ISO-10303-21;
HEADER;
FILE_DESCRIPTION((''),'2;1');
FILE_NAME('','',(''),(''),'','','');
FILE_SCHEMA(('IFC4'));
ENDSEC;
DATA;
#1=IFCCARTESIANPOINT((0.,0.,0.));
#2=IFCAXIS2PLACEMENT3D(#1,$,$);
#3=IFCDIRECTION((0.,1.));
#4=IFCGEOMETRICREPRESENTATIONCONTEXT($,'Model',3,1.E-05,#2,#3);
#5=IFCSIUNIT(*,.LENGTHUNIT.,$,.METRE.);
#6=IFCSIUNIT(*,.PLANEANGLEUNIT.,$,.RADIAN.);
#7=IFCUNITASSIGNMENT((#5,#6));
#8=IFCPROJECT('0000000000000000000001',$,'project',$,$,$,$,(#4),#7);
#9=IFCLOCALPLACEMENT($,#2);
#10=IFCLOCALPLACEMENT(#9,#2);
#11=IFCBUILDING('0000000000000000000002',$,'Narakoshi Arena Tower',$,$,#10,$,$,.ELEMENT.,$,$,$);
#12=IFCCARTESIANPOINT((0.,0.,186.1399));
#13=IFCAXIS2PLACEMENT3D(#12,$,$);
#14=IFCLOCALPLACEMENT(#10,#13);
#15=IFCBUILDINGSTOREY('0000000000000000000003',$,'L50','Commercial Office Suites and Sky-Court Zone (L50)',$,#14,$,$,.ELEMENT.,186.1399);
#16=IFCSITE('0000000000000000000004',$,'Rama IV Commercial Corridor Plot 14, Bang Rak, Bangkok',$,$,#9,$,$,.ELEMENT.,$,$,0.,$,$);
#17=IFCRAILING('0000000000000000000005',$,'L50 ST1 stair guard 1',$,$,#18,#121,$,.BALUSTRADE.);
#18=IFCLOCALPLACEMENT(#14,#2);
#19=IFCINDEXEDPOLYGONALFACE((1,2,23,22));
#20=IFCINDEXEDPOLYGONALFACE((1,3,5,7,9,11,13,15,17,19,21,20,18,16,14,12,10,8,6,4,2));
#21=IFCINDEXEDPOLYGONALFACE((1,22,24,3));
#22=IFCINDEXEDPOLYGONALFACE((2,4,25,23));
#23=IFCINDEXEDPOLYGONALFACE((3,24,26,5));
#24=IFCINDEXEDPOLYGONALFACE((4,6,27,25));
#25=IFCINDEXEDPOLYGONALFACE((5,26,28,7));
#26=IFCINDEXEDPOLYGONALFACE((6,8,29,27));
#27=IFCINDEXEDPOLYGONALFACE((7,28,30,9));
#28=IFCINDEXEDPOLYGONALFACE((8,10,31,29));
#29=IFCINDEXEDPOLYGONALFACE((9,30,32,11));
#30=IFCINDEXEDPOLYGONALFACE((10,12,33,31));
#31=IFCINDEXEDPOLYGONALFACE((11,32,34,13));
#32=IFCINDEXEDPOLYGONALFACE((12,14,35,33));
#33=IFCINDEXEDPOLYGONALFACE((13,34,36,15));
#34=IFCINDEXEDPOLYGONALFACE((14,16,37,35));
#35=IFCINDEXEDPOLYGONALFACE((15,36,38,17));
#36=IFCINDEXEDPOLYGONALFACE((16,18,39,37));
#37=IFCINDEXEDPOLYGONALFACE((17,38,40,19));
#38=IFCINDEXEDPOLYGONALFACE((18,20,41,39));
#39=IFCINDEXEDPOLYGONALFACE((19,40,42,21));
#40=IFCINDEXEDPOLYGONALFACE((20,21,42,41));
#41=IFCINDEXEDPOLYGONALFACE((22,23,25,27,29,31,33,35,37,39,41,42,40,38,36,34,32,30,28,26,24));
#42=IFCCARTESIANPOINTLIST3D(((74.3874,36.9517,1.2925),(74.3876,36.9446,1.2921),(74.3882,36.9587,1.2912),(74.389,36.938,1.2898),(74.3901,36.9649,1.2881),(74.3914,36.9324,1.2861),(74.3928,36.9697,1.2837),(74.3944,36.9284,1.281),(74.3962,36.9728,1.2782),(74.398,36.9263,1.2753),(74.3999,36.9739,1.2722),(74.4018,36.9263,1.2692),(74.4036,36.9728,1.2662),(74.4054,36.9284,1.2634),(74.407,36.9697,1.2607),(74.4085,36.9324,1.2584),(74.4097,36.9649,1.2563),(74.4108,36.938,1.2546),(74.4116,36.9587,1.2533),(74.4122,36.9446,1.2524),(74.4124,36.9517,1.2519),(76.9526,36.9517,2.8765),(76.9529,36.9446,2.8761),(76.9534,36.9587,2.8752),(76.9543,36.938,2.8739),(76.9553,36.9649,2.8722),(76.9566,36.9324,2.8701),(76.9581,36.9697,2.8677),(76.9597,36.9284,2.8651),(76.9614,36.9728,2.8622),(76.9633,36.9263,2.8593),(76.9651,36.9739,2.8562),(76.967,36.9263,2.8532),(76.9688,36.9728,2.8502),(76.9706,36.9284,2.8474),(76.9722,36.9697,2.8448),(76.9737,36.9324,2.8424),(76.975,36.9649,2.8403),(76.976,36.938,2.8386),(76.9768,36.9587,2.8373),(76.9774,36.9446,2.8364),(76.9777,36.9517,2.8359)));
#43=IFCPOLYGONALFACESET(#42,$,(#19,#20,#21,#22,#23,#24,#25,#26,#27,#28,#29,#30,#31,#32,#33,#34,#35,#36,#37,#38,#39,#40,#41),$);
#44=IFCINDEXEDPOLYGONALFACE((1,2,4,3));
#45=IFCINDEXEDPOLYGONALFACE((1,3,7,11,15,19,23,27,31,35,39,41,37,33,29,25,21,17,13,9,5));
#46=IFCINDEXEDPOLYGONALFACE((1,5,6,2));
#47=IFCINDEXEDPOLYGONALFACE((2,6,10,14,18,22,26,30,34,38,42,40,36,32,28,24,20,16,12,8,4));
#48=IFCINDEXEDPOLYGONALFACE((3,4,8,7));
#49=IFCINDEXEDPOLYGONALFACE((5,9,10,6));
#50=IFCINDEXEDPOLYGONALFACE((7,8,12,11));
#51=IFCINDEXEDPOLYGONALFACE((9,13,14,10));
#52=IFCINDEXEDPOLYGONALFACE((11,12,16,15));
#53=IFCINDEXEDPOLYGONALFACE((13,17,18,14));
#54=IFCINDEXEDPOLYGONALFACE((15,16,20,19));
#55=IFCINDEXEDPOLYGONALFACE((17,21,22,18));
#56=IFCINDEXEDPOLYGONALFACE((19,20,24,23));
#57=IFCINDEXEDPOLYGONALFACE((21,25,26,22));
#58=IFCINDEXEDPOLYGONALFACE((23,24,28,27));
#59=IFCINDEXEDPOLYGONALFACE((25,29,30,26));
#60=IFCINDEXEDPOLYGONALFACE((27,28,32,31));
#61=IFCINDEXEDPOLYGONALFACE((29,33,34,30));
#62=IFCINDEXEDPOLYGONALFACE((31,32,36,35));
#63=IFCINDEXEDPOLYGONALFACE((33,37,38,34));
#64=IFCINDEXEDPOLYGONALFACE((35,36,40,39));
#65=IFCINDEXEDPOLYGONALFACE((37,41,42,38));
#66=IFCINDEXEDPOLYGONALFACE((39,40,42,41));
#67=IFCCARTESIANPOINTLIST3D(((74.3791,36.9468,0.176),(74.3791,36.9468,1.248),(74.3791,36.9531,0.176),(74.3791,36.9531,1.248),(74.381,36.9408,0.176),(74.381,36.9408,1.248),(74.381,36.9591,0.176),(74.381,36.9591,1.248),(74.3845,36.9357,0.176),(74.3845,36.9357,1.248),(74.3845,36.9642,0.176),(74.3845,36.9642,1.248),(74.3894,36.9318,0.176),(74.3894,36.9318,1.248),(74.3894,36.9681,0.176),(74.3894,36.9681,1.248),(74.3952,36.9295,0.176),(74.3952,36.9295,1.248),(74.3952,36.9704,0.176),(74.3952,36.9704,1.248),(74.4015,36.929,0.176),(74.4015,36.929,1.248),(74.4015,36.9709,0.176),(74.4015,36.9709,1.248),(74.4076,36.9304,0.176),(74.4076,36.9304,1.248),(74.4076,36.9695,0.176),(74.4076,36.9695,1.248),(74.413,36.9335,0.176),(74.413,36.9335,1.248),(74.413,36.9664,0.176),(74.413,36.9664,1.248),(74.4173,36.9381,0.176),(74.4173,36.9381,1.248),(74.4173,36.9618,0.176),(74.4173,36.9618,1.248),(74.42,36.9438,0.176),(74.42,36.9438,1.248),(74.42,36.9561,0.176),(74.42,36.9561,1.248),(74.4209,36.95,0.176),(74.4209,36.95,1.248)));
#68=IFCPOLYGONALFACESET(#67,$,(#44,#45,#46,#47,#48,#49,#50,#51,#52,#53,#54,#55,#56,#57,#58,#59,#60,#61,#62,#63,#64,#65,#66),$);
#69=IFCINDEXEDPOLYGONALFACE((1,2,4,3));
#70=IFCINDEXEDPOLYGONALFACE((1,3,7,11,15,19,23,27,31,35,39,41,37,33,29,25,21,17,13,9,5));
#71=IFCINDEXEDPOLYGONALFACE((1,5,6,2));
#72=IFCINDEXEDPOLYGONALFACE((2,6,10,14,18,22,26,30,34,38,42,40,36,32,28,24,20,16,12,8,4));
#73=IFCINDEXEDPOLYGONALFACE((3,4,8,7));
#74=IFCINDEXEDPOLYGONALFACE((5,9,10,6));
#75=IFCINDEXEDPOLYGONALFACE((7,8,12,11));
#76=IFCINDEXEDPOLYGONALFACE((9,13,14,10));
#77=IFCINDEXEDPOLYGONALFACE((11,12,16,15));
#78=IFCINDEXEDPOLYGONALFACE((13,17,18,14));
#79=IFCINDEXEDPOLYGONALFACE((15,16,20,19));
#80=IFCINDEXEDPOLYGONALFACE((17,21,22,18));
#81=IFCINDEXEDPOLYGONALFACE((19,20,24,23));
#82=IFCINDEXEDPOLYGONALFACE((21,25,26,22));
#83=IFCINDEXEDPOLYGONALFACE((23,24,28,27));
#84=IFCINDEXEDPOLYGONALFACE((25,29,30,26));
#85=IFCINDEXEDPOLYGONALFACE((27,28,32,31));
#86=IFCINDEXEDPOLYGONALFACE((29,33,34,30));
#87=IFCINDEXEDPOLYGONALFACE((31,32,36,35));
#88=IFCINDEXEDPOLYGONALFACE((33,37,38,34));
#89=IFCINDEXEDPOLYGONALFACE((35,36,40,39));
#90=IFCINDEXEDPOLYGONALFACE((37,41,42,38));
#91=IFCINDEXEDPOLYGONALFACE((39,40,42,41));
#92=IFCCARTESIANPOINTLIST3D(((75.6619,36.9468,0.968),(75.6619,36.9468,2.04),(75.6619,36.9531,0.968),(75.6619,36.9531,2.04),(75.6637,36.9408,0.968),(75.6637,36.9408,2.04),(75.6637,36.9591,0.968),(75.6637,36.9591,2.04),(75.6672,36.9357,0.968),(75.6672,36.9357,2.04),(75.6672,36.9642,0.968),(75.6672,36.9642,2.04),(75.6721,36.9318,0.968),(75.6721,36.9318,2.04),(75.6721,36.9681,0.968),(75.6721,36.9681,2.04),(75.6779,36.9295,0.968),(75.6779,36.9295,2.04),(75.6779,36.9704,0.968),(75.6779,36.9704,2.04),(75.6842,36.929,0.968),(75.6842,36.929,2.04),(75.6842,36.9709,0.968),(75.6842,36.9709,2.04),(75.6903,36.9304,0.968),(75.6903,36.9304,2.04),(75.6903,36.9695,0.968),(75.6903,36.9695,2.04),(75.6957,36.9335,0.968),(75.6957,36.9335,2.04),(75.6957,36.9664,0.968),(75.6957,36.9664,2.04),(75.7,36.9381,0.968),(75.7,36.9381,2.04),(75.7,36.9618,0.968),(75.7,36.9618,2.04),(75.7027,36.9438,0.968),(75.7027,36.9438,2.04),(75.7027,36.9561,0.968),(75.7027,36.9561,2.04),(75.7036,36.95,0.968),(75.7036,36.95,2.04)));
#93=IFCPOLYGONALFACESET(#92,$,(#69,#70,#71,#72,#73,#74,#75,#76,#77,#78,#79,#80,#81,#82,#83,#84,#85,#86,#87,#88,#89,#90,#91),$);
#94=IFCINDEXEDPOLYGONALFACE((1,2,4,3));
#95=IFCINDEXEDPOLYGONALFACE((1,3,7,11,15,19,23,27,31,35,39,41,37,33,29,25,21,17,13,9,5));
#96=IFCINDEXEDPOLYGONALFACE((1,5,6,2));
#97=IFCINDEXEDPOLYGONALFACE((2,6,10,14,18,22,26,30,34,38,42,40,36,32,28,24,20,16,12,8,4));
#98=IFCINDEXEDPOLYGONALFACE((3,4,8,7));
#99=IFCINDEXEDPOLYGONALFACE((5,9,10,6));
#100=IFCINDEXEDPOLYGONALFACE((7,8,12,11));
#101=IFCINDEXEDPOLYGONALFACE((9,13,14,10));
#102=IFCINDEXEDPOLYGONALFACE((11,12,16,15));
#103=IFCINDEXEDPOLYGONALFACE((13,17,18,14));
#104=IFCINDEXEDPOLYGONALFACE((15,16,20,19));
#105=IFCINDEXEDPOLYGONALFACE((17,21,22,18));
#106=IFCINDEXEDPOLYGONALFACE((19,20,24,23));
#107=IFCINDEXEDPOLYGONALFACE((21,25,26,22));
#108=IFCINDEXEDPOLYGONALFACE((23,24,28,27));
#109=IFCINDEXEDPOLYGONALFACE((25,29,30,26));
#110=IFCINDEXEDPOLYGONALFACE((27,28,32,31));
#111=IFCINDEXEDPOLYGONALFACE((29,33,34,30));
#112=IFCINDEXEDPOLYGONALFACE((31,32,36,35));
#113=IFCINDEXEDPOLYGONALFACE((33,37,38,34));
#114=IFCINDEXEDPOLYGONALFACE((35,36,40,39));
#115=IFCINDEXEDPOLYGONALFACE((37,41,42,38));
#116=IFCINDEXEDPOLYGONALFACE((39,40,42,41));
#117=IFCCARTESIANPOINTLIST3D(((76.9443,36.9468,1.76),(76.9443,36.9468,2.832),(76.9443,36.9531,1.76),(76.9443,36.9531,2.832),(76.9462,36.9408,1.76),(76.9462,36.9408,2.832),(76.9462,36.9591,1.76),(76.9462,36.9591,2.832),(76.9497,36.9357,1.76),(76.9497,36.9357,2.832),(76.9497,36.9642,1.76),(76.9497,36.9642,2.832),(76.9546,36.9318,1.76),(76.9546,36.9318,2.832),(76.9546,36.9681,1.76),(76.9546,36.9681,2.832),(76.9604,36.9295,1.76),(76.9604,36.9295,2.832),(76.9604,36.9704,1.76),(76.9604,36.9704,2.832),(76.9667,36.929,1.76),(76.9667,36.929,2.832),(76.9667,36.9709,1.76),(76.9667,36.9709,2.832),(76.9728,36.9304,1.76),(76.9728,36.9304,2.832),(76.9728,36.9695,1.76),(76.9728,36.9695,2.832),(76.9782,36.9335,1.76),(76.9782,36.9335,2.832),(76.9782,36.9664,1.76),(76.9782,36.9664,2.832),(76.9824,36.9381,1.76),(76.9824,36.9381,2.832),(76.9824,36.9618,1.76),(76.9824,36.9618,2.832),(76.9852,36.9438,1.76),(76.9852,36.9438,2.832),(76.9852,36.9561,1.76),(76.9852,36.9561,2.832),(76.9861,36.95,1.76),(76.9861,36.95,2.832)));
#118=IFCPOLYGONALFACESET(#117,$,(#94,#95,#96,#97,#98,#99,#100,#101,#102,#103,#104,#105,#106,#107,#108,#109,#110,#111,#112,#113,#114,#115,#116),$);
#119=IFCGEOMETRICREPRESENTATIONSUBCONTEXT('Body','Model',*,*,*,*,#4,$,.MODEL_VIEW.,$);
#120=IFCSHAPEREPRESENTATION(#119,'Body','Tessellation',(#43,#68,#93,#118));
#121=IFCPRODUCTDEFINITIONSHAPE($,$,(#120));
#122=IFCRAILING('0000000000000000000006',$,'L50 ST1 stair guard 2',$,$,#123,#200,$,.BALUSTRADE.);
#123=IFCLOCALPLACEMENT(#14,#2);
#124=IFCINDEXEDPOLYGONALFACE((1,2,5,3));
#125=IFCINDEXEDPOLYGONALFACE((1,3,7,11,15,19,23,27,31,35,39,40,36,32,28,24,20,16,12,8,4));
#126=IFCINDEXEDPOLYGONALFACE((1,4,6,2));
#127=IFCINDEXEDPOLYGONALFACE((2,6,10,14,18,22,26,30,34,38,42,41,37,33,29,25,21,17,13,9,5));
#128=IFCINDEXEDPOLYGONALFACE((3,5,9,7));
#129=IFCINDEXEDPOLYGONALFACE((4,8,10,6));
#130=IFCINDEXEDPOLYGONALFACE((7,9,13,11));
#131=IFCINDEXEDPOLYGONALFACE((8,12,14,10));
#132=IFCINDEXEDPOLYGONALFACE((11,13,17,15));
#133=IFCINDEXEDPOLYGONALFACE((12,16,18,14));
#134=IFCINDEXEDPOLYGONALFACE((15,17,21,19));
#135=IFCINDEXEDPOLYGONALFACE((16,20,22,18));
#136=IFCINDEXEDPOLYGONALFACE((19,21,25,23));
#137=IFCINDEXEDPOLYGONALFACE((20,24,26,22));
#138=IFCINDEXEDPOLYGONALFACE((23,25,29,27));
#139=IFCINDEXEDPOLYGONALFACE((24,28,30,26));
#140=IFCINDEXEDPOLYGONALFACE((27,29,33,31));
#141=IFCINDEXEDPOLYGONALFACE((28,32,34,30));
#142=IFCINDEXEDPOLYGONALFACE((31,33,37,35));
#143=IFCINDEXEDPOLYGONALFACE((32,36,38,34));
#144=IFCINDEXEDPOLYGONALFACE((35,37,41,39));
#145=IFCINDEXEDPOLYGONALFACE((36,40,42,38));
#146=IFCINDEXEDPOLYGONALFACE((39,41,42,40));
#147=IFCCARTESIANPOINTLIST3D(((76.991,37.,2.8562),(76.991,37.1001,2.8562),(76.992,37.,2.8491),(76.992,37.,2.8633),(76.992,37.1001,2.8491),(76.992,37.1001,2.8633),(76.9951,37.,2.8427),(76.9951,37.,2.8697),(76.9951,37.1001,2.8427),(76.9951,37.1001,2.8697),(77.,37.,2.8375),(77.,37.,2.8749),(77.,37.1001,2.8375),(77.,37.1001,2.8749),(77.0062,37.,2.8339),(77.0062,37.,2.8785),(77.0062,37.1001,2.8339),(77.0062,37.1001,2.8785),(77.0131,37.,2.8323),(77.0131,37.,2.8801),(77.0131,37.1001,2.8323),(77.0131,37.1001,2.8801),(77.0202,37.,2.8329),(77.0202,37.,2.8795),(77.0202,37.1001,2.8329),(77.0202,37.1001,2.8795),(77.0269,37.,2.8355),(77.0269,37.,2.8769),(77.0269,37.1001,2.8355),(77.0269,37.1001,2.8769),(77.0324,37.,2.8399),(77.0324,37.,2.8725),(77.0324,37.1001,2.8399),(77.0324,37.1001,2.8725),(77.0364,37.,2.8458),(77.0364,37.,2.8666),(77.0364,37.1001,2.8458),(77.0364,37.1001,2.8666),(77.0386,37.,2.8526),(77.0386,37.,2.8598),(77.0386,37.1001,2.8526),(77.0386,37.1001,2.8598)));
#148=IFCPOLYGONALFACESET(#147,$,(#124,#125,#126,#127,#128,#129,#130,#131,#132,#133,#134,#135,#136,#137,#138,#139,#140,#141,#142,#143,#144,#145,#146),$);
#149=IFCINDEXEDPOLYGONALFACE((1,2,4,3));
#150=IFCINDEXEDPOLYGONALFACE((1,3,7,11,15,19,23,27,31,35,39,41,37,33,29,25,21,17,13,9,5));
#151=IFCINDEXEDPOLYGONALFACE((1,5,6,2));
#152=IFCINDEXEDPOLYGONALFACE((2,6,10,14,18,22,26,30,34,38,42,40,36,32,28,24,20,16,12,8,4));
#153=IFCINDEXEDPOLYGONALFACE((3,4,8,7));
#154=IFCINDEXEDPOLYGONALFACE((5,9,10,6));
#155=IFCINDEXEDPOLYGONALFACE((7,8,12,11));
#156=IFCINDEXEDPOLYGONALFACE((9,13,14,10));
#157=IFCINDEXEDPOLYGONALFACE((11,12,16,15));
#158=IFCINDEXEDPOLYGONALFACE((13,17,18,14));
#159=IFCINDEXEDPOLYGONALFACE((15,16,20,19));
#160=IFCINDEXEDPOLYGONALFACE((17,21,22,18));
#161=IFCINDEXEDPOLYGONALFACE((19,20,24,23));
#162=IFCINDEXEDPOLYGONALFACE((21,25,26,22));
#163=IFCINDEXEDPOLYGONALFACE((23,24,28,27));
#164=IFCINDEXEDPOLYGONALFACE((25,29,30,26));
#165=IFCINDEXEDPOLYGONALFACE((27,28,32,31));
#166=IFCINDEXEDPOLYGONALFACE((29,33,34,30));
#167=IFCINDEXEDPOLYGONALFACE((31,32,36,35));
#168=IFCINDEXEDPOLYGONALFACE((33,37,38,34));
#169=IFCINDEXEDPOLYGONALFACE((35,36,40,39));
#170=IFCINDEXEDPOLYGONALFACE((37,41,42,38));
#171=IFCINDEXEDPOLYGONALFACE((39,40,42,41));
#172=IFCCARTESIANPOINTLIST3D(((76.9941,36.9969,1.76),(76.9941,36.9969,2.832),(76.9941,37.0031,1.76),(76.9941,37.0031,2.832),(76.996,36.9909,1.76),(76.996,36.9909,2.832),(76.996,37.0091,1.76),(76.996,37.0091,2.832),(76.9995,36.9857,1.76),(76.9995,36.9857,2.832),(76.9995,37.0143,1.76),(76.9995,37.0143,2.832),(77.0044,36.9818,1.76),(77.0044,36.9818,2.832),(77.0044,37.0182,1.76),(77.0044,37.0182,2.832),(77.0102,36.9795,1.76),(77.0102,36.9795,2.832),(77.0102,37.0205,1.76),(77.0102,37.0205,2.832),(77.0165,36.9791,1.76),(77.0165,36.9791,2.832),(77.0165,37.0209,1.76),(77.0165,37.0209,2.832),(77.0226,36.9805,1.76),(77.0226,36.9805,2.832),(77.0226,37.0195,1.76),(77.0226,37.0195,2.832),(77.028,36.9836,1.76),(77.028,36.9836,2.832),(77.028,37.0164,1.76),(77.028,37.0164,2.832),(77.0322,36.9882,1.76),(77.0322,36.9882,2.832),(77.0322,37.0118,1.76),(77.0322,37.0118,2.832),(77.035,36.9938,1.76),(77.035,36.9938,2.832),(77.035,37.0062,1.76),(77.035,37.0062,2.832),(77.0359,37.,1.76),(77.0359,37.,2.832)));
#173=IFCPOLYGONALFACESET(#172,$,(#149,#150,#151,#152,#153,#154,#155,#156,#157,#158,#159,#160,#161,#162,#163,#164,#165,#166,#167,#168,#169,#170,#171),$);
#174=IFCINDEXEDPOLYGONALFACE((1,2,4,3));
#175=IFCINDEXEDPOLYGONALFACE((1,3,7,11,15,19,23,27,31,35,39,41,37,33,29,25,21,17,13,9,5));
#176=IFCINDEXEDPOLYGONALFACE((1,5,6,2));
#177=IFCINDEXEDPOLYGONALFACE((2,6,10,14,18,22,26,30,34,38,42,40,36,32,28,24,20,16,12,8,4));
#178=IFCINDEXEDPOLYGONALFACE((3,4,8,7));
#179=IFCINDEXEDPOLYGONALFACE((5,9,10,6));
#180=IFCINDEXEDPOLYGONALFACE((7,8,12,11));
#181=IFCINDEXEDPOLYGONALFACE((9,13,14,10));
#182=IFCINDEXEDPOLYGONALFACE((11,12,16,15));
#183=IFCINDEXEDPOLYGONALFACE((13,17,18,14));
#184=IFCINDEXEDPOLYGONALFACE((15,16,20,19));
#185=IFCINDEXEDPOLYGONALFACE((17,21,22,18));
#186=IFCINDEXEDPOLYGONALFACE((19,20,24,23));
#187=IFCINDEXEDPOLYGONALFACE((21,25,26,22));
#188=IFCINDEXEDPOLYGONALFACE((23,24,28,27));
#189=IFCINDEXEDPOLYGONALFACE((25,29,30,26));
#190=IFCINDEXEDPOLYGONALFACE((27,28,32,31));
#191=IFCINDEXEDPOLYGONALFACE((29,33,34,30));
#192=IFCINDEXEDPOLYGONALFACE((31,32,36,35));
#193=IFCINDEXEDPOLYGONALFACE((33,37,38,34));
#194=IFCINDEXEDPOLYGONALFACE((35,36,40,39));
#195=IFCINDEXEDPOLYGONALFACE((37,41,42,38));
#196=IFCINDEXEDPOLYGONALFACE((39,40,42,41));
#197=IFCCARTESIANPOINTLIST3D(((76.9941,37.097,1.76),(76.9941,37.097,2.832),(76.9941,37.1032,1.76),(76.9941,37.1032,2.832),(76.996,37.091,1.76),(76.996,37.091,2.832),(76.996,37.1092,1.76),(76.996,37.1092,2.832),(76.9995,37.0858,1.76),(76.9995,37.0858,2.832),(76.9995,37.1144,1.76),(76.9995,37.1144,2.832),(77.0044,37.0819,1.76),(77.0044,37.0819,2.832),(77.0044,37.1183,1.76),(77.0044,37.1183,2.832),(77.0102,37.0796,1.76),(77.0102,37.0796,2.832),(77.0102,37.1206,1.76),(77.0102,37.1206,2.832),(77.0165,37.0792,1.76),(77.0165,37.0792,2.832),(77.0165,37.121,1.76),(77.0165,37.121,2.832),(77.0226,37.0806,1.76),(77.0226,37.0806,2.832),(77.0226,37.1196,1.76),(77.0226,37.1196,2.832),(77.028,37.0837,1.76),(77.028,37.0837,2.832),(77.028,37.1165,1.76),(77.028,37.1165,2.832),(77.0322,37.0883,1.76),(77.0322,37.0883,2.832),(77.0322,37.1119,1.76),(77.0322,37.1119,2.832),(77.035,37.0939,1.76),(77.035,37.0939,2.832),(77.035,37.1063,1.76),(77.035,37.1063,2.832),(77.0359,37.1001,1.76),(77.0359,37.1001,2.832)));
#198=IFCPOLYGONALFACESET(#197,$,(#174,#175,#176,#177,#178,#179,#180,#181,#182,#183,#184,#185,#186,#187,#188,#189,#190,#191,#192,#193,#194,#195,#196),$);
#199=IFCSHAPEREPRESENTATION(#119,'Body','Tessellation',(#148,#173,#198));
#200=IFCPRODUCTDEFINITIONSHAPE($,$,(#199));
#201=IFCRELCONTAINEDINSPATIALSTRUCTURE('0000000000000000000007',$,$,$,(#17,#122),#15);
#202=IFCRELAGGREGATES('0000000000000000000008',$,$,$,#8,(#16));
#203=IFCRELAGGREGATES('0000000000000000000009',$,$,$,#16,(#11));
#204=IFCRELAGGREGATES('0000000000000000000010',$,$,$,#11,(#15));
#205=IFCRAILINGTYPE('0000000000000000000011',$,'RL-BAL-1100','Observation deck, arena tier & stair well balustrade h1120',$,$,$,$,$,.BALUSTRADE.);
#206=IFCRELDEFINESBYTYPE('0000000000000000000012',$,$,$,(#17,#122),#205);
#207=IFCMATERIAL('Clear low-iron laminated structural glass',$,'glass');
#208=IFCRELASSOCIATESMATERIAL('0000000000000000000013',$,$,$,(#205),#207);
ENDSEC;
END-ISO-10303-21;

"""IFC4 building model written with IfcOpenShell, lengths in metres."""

from ifc_helpers import new_model, si_unit, direction, frame, origin, origin_2d, place, context, subcontext, project, spatial, circle, extrude, material, type_object, element, save


model = new_model("IFC4")

# Units and contexts
model_context = context("Model", 3, precision=1e-05, world=origin(), true_north=direction((0.0, 1.0)))
body_context = subcontext(model_context, "Body", "Model", "MODEL_VIEW")
ifc_project = project(units=[si_unit("LENGTHUNIT", "METRE"), si_unit("PLANEANGLEUNIT", "RADIAN")], contexts=[model_context])

# Site, building, storey
site_placement = place(None, origin())
site = spatial("IfcSite", under=ifc_project, at=site_placement, Name="Rama IV Commercial Corridor Plot 14, Bang Rak, Bangkok", CompositionType="ELEMENT", RefElevation=0.0)
building_placement = place(site_placement, origin())
building = spatial("IfcBuilding", under=site, at=building_placement, Name="Narakoshi Arena Tower", CompositionType="ELEMENT")
storey_placement = place(building_placement, frame((0.0, 0.0, 186.1399)))
storey = spatial("IfcBuildingStorey", under=building, at=storey_placement, Name="L50", Description="Commercial Office Suites and Sky-Court Zone (L50)", CompositionType="ELEMENT", Elevation=186.1399)

# Railings
ifc_material_1 = material(Name="Clear low-iron laminated structural glass", Category="glass")
railing_type_1 = type_object("IfcRailingType", Name="RL-BAL-1100", Description="Observation deck, arena tier & stair well balustrade h1120", PredefinedType="BALUSTRADE", material=ifc_material_1)
railing_1_placement = place(storey_placement, frame((74.3999, 36.95, 0.176)))
element("IfcRailing", 1, at=railing_1_placement, inside=storey, type_object=railing_type_1, Name="L50 ST1 stair guard 1", PredefinedType="BALUSTRADE", context=body_context, shape_type="SweptSolid", body=[
    extrude(circle(Radius=0.0239, at=origin_2d()), frame((0.0, 0.0, 1.0962), z_axis=(0.850857, 0.0, 0.525398), x_axis=(0.0, 1.0, 0.0)), (0.0, 0.0, 1.0), 3.0149),
    extrude(circle(Radius=0.021, at=origin_2d()), origin(), (0.0, 0.0, 1.0), 1.072),
    extrude(circle(Radius=0.021, at=origin_2d()), frame((1.2827, 0.0, 0.792)), (0.0, 0.0, 1.0), 1.072),
    extrude(circle(Radius=0.021, at=origin_2d()), frame((2.5652, 0.0, 1.584)), (0.0, 0.0, 1.0), 1.072),
])
railing_2_placement = place(storey_placement, frame((77.0149, 37.0, 1.76)))
element("IfcRailing", 2, at=railing_2_placement, inside=storey, type_object=railing_type_1, Name="L50 ST1 stair guard 2", PredefinedType="BALUSTRADE", context=body_context, shape_type="SweptSolid", body=[
    extrude(circle(Radius=0.0239, at=origin_2d()), frame((0.0, 0.0, 1.0962), z_axis=(0.0, 1.0, 0.0), x_axis=(-1.0, 0.0, 0.0)), (0.0, 0.0, 1.0), 0.1001),
    extrude(circle(Radius=0.021, at=origin_2d()), origin(), (0.0, 0.0, 1.0), 1.072),
    extrude(circle(Radius=0.021, at=origin_2d()), frame((0.0, 0.1001, 0.0)), (0.0, 0.0, 1.0), 1.072),
])

save(model, "model.ifc")
